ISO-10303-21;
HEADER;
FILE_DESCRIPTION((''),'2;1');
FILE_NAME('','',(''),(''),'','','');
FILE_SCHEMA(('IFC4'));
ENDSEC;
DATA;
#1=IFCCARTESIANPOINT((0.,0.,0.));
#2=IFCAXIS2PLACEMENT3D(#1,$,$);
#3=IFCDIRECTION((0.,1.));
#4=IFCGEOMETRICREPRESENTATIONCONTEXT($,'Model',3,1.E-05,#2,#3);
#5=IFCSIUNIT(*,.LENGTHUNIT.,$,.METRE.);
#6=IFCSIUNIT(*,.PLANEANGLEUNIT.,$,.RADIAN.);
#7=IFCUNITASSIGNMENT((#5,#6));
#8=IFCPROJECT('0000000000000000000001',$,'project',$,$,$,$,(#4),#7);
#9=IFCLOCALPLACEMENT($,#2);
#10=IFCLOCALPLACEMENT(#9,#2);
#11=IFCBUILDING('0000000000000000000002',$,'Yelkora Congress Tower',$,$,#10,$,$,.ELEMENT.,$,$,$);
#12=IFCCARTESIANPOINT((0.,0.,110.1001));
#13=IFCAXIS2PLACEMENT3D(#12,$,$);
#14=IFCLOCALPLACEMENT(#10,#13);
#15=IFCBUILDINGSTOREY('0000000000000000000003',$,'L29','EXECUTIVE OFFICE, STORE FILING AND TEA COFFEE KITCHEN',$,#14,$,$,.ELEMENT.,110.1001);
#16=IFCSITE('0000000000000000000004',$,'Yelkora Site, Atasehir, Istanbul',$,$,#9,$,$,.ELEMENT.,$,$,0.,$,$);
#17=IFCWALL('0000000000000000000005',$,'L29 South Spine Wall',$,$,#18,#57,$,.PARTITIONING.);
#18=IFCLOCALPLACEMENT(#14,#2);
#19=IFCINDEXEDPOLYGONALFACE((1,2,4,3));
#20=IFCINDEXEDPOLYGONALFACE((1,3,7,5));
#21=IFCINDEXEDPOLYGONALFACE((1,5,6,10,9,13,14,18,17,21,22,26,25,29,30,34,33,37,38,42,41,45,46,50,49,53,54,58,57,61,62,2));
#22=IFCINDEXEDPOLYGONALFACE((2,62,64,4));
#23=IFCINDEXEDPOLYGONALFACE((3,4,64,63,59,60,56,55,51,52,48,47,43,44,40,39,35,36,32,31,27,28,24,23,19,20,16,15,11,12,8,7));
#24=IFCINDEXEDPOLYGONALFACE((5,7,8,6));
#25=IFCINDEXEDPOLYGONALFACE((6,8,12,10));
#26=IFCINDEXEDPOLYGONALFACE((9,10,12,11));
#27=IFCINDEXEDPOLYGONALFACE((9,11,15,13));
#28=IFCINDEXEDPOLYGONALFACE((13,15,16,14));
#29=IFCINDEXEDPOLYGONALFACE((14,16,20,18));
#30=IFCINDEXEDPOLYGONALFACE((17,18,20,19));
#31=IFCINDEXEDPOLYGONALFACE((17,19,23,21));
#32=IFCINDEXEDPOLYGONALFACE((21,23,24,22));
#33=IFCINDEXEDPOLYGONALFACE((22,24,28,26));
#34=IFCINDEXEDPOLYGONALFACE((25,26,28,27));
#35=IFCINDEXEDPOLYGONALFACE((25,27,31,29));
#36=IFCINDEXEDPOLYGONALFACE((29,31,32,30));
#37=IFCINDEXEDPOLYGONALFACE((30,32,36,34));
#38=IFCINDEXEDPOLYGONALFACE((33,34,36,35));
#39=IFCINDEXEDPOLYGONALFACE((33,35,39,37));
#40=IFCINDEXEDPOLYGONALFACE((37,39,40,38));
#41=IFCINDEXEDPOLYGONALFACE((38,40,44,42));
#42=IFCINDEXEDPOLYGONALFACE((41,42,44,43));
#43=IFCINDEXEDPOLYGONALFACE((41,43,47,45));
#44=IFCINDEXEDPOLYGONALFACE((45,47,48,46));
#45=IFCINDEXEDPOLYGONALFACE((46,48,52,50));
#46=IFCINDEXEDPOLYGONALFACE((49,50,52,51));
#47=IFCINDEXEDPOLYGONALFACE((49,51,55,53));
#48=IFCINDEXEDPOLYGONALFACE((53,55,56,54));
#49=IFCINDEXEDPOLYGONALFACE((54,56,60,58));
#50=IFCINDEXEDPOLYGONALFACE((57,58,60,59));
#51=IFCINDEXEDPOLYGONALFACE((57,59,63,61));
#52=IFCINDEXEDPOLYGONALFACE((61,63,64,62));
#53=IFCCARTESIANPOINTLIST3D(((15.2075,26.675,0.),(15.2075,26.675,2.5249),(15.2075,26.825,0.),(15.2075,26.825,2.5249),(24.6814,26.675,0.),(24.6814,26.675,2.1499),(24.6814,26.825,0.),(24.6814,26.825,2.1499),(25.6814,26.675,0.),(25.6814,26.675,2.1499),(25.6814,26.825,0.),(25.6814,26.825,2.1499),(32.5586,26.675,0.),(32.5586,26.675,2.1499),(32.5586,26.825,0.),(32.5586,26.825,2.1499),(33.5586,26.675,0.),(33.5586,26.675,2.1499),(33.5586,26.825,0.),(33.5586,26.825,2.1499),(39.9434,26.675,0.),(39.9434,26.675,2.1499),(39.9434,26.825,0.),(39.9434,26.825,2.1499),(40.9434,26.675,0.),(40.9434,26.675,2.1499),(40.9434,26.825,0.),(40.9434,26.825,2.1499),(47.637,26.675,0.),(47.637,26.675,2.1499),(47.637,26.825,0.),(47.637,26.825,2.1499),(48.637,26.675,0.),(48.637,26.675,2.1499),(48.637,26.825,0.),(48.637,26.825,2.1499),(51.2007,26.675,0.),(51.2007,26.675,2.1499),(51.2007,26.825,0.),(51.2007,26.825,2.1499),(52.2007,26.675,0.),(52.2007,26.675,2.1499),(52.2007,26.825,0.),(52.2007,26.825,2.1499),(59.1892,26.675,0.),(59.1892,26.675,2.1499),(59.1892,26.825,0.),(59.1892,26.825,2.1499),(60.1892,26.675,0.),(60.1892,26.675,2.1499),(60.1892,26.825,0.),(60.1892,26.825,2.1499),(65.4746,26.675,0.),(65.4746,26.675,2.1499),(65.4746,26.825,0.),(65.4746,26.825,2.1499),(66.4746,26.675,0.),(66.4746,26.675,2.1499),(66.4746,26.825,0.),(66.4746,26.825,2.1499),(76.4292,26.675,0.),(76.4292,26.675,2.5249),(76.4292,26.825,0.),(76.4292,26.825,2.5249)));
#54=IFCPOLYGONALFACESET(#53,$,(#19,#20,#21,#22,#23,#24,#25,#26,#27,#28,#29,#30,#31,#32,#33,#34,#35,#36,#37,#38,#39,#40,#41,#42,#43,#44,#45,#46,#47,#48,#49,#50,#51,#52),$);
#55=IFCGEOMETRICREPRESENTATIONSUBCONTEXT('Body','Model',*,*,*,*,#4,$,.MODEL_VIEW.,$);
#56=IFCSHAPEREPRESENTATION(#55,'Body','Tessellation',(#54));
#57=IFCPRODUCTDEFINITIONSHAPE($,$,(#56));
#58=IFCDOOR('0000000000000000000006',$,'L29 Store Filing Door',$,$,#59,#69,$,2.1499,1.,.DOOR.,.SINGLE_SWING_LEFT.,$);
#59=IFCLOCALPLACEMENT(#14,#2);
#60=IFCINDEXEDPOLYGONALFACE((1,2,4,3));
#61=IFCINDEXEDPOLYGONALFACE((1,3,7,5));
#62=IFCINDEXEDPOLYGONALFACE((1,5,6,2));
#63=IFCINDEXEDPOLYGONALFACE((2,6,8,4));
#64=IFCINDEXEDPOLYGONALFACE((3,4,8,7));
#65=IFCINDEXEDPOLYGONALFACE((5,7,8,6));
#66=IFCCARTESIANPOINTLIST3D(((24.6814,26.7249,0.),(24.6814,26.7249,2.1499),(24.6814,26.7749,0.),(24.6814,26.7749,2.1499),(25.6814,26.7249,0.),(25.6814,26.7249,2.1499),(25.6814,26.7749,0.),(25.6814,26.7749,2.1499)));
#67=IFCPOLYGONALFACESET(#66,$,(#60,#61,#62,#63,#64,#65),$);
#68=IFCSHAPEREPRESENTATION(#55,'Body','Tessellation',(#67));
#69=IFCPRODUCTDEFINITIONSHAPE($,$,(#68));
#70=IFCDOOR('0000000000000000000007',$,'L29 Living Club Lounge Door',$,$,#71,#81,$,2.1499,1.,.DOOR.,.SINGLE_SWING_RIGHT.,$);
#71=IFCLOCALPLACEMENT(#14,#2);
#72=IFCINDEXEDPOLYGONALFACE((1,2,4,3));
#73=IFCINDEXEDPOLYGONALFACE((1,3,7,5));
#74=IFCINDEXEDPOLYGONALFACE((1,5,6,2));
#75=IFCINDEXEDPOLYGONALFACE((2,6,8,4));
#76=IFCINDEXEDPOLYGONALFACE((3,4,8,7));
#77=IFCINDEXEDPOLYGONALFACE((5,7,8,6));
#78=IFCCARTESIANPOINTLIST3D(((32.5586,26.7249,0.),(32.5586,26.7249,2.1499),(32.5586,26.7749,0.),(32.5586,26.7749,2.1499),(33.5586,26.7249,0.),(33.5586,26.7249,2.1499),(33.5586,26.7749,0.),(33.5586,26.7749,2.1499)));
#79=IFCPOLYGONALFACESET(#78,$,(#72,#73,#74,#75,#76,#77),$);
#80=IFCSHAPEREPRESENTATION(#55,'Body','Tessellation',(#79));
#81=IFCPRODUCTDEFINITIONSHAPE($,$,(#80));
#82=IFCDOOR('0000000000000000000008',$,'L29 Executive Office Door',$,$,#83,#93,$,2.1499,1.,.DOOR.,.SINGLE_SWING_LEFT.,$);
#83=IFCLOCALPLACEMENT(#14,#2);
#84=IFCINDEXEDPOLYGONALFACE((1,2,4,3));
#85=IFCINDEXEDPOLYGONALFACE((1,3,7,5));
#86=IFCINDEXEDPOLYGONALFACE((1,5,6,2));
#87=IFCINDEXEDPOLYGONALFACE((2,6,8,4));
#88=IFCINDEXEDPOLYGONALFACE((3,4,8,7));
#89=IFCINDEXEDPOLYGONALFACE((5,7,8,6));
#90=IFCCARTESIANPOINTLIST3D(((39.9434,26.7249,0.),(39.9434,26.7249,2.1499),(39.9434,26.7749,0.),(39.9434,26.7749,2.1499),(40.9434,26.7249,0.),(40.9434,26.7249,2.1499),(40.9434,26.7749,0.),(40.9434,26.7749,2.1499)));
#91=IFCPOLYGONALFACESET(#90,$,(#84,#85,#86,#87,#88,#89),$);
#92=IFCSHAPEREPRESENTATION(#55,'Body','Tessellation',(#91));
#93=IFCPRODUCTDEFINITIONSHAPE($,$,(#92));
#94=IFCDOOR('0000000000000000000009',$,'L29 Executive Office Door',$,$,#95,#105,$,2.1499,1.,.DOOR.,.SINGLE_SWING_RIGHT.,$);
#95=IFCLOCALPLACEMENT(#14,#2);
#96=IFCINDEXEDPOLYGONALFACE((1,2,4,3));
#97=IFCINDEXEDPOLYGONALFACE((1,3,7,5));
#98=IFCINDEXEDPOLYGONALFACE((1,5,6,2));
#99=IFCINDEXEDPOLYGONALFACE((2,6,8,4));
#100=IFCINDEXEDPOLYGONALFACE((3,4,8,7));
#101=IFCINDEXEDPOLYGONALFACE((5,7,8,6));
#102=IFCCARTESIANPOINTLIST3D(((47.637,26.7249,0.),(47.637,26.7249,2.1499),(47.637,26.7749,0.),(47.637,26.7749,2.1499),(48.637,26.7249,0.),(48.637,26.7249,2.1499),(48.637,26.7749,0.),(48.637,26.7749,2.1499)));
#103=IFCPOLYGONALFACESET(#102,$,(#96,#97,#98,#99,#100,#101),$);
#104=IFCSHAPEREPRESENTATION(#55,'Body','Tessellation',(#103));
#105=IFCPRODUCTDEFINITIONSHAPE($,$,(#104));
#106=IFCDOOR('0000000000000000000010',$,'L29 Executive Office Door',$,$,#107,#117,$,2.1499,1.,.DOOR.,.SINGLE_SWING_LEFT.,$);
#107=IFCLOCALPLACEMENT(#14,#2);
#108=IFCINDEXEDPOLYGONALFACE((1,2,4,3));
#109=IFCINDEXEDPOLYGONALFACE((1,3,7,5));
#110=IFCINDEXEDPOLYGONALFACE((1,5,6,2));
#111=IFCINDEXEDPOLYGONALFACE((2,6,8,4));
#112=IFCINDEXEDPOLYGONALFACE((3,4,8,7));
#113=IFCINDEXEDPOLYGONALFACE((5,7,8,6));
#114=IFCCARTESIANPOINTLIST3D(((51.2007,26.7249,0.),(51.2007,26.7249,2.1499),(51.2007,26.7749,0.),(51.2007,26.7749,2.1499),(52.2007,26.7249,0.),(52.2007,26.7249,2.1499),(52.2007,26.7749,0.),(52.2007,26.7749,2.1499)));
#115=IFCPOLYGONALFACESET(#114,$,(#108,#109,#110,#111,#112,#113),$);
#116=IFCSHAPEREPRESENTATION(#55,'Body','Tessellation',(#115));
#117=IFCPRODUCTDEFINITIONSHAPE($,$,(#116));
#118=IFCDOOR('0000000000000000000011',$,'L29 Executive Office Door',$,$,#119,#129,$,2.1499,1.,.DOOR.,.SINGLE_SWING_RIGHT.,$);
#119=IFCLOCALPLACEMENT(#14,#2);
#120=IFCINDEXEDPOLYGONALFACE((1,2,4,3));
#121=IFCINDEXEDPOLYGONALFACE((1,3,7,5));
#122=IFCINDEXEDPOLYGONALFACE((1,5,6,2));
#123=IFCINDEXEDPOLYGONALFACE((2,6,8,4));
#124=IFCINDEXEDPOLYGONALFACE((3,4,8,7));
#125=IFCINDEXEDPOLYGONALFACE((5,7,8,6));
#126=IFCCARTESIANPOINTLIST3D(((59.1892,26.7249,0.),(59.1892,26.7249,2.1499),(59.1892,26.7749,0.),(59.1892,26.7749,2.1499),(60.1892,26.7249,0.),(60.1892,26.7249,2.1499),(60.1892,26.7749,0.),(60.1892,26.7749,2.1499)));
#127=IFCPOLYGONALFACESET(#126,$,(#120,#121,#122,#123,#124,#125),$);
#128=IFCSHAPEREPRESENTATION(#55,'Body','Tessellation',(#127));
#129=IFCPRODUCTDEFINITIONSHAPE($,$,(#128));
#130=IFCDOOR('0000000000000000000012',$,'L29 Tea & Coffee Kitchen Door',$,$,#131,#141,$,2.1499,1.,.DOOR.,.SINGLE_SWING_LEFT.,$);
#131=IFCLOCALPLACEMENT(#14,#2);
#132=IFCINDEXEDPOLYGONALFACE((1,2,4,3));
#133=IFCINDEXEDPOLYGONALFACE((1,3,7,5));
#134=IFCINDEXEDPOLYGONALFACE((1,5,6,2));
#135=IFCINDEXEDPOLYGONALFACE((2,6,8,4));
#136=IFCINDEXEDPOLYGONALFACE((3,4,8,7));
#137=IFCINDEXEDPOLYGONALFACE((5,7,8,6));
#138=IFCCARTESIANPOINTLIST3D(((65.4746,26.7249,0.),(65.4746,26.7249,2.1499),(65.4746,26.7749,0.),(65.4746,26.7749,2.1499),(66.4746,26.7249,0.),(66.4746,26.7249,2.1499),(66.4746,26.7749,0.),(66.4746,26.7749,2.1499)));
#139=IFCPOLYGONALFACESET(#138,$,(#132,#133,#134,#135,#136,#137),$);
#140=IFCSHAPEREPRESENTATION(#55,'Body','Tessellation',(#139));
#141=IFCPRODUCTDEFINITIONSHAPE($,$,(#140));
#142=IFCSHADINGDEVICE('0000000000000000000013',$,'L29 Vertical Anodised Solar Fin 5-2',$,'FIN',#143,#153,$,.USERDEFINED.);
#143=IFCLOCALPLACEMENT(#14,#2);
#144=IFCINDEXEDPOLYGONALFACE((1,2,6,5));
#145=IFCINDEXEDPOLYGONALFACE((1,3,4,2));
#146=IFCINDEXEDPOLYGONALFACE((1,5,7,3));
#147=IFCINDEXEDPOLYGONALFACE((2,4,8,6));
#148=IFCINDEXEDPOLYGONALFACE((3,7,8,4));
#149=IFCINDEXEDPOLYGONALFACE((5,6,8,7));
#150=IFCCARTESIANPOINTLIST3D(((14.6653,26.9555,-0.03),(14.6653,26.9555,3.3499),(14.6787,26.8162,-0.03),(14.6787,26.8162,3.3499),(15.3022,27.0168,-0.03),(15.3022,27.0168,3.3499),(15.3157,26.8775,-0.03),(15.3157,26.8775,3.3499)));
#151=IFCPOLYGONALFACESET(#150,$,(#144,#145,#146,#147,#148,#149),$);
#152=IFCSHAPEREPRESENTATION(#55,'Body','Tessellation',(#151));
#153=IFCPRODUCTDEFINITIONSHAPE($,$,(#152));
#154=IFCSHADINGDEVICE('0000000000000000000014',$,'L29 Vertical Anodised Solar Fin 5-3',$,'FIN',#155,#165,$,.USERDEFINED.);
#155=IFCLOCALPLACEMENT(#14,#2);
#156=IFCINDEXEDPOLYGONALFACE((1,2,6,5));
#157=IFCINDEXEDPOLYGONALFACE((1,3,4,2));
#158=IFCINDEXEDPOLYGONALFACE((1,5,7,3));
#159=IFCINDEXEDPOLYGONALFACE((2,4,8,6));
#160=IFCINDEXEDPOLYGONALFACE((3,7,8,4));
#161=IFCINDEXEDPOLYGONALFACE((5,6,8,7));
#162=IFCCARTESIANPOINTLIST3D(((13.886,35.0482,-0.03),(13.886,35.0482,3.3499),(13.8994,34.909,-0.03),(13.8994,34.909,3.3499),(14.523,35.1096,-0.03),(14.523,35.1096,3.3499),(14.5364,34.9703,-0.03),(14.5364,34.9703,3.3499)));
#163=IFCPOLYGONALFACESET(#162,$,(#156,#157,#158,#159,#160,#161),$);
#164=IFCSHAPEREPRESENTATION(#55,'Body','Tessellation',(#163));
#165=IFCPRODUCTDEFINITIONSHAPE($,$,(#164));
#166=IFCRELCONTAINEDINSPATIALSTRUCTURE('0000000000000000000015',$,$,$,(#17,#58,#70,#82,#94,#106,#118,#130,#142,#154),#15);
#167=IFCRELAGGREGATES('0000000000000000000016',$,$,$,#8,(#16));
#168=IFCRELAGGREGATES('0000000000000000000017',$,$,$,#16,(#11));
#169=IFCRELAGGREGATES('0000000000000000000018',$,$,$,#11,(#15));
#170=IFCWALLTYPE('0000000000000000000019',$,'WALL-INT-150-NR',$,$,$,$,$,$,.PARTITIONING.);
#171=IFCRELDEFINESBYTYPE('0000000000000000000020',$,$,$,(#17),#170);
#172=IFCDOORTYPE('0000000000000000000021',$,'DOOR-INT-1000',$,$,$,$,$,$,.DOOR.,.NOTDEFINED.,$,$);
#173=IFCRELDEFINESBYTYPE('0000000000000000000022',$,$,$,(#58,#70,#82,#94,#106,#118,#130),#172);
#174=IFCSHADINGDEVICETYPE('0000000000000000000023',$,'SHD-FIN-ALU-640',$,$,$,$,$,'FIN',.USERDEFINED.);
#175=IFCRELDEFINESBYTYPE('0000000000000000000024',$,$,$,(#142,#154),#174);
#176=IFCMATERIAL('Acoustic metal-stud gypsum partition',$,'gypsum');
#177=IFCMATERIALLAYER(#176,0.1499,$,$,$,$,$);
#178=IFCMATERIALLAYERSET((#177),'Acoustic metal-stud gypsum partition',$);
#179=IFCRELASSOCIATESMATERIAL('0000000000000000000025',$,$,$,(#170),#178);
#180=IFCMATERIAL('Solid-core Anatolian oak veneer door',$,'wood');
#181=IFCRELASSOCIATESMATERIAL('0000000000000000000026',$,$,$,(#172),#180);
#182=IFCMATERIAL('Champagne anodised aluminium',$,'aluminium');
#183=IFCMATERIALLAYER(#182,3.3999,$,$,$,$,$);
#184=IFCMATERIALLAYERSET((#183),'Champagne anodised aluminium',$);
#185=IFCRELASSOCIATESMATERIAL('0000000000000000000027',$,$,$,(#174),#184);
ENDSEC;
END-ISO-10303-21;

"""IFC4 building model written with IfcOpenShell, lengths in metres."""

from ifc_helpers import new_model, si_unit, direction, frame, frame_2d, origin, origin_2d, place, context, subcontext, project, spatial, rectangle, extrude, material, layer, layer_set, type_object, element, fill, save


model = new_model("IFC4")

# Units and contexts
model_context = context("Model", 3, precision=1e-05, world=origin(), true_north=direction((0.0, 1.0)))
body_context = subcontext(model_context, "Body", "Model", "MODEL_VIEW")
ifc_project = project(units=[si_unit("LENGTHUNIT", "METRE"), si_unit("PLANEANGLEUNIT", "RADIAN")], contexts=[model_context])

# Site, building, storey
site_placement = place(None, origin())
site = spatial("IfcSite", under=ifc_project, at=site_placement, Name="Yelkora Site, Atasehir, Istanbul", CompositionType="ELEMENT", RefElevation=0.0)
building_placement = place(site_placement, origin())
building = spatial("IfcBuilding", under=site, at=building_placement, Name="Yelkora Congress Tower", CompositionType="ELEMENT")
storey_placement = place(building_placement, frame((0.0, 0.0, 110.1001)))
storey = spatial("IfcBuildingStorey", under=building, at=storey_placement, Name="L29", Description="EXECUTIVE OFFICE, STORE FILING AND TEA COFFEE KITCHEN", CompositionType="ELEMENT", Elevation=110.1001)

# Wall, openings, doors
ifc_material_1 = material(Name="Acoustic metal-stud gypsum partition", Category="gypsum")
ifc_layer_1 = layer(ifc_material_1, 0.1499)
ifc_layer_set_1 = layer_set([ifc_layer_1], Name="Acoustic metal-stud gypsum partition")
wall_type = type_object("IfcWallType", Name="WALL-INT-150-NR", PredefinedType="PARTITIONING", material=ifc_layer_set_1)
wall_placement = place(storey_placement, frame((15.2075, 26.75, 0.0), z_axis=(0.0, 0.0, 1.0), x_axis=(1.0, 0.0, 0.0)))
wall = element("IfcWall", 1, at=wall_placement, inside=storey, type_object=wall_type, Name="L29 South Spine Wall", PredefinedType="PARTITIONING", context=body_context, shape_type="SweptSolid", body=[
    extrude(rectangle(XDim=61.2217, YDim=0.1499, at=frame_2d((30.6108, 0.0))), origin(), (0.0, 0.0, 1.0), 2.5249),
])
opening_1_placement = place(wall_placement, frame((9.4739, 0.0, 0.0)))
opening_1 = element("IfcOpeningElement", 2, at=opening_1_placement, cuts=wall, PredefinedType="OPENING", context=body_context, shape_type="SweptSolid", body=[
    extrude(rectangle(XDim=1.0, YDim=2.1499, at=frame_2d((0.5, 1.075))), frame((0.0, 0.085, 0.0), z_axis=(0.0, -1.0, 0.0), x_axis=(1.0, 0.0, 0.0)), (0.0, 0.0, 1.0), 0.1699),
])
opening_2_placement = place(wall_placement, frame((17.3511, 0.0, 0.0)))
opening_2 = element("IfcOpeningElement", 3, at=opening_2_placement, cuts=wall, PredefinedType="OPENING", context=body_context, shape_type="SweptSolid", body=[
    extrude(rectangle(XDim=1.0, YDim=2.1499, at=frame_2d((0.5, 1.075))), frame((0.0, 0.085, 0.0), z_axis=(0.0, -1.0, 0.0), x_axis=(1.0, 0.0, 0.0)), (0.0, 0.0, 1.0), 0.1699),
])
opening_3_placement = place(wall_placement, frame((24.7358, 0.0, 0.0)))
opening_3 = element("IfcOpeningElement", 4, at=opening_3_placement, cuts=wall, PredefinedType="OPENING", context=body_context, shape_type="SweptSolid", body=[
    extrude(rectangle(XDim=1.0, YDim=2.1499, at=frame_2d((0.5, 1.075))), frame((0.0, 0.085, 0.0), z_axis=(0.0, -1.0, 0.0), x_axis=(1.0, 0.0, 0.0)), (0.0, 0.0, 1.0), 0.1699),
])
opening_4_placement = place(wall_placement, frame((32.4294, 0.0, 0.0)))
opening_4 = element("IfcOpeningElement", 5, at=opening_4_placement, cuts=wall, PredefinedType="OPENING", context=body_context, shape_type="SweptSolid", body=[
    extrude(rectangle(XDim=1.0, YDim=2.1499, at=frame_2d((0.5, 1.075))), frame((0.0, 0.085, 0.0), z_axis=(0.0, -1.0, 0.0), x_axis=(1.0, 0.0, 0.0)), (0.0, 0.0, 1.0), 0.1699),
])
opening_5_placement = place(wall_placement, frame((35.9932, 0.0, 0.0)))
opening_5 = element("IfcOpeningElement", 6, at=opening_5_placement, cuts=wall, PredefinedType="OPENING", context=body_context, shape_type="SweptSolid", body=[
    extrude(rectangle(XDim=1.0, YDim=2.1499, at=frame_2d((0.5, 1.075))), frame((0.0, 0.085, 0.0), z_axis=(0.0, -1.0, 0.0), x_axis=(1.0, 0.0, 0.0)), (0.0, 0.0, 1.0), 0.1699),
])
opening_6_placement = place(wall_placement, frame((43.9817, 0.0, 0.0)))
opening_6 = element("IfcOpeningElement", 7, at=opening_6_placement, cuts=wall, PredefinedType="OPENING", context=body_context, shape_type="SweptSolid", body=[
    extrude(rectangle(XDim=1.0, YDim=2.1499, at=frame_2d((0.5, 1.075))), frame((0.0, 0.085, 0.0), z_axis=(0.0, -1.0, 0.0), x_axis=(1.0, 0.0, 0.0)), (0.0, 0.0, 1.0), 0.1699),
])
opening_7_placement = place(wall_placement, frame((50.2671, 0.0, 0.0)))
opening_7 = element("IfcOpeningElement", 8, at=opening_7_placement, cuts=wall, PredefinedType="OPENING", context=body_context, shape_type="SweptSolid", body=[
    extrude(rectangle(XDim=1.0, YDim=2.1499, at=frame_2d((0.5, 1.075))), frame((0.0, 0.085, 0.0), z_axis=(0.0, -1.0, 0.0), x_axis=(1.0, 0.0, 0.0)), (0.0, 0.0, 1.0), 0.1699),
])
ifc_material_2 = material(Name="Solid-core Anatolian oak veneer door", Category="wood")
door_type = type_object("IfcDoorType", Name="DOOR-INT-1000", OperationType="NOTDEFINED", PredefinedType="DOOR", material=ifc_material_2)
door_1_placement = place(opening_1_placement, origin())
door_1 = element("IfcDoor", 9, at=door_1_placement, inside=storey, type_object=door_type, Name="L29 Store Filing Door", OperationType="SINGLE_SWING_LEFT", OverallHeight=2.1499, OverallWidth=1.0, PredefinedType="DOOR", context=body_context, shape_type="SweptSolid", body=[
    extrude(rectangle(XDim=1.0, YDim=2.1499, at=frame_2d((0.5, 1.075))), frame((0.0, 0.0249, 0.0), z_axis=(0.0, -1.0, 0.0), x_axis=(1.0, 0.0, 0.0)), (0.0, 0.0, 1.0), 0.05),
])
fill(opening_1, door_1)
door_2_placement = place(opening_2_placement, origin())
door_2 = element("IfcDoor", 10, at=door_2_placement, inside=storey, type_object=door_type, Name="L29 Living Club Lounge Door", OperationType="SINGLE_SWING_RIGHT", OverallHeight=2.1499, OverallWidth=1.0, PredefinedType="DOOR", context=body_context, shape_type="SweptSolid", body=[
    extrude(rectangle(XDim=1.0, YDim=2.1499, at=frame_2d((0.5, 1.075))), frame((0.0, 0.0249, 0.0), z_axis=(0.0, -1.0, 0.0), x_axis=(1.0, 0.0, 0.0)), (0.0, 0.0, 1.0), 0.05),
])
fill(opening_2, door_2)
door_3_placement = place(opening_3_placement, origin())
door_3 = element("IfcDoor", 11, at=door_3_placement, inside=storey, type_object=door_type, Name="L29 Executive Office Door", OperationType="SINGLE_SWING_LEFT", OverallHeight=2.1499, OverallWidth=1.0, PredefinedType="DOOR", context=body_context, shape_type="SweptSolid", body=[
    extrude(rectangle(XDim=1.0, YDim=2.1499, at=frame_2d((0.5, 1.075))), frame((0.0, 0.0249, 0.0), z_axis=(0.0, -1.0, 0.0), x_axis=(1.0, 0.0, 0.0)), (0.0, 0.0, 1.0), 0.05),
])
fill(opening_3, door_3)
door_4_placement = place(opening_4_placement, origin())
door_4 = element("IfcDoor", 12, at=door_4_placement, inside=storey, type_object=door_type, Name="L29 Executive Office Door", OperationType="SINGLE_SWING_RIGHT", OverallHeight=2.1499, OverallWidth=1.0, PredefinedType="DOOR", context=body_context, shape_type="SweptSolid", body=[
    extrude(rectangle(XDim=1.0, YDim=2.1499, at=frame_2d((0.5, 1.075))), frame((0.0, 0.0249, 0.0), z_axis=(0.0, -1.0, 0.0), x_axis=(1.0, 0.0, 0.0)), (0.0, 0.0, 1.0), 0.05),
])
fill(opening_4, door_4)
door_5_placement = place(opening_5_placement, origin())
door_5 = element("IfcDoor", 13, at=door_5_placement, inside=storey, type_object=door_type, Name="L29 Executive Office Door", OperationType="SINGLE_SWING_LEFT", OverallHeight=2.1499, OverallWidth=1.0, PredefinedType="DOOR", context=body_context, shape_type="SweptSolid", body=[
    extrude(rectangle(XDim=1.0, YDim=2.1499, at=frame_2d((0.5, 1.075))), frame((0.0, 0.0249, 0.0), z_axis=(0.0, -1.0, 0.0), x_axis=(1.0, 0.0, 0.0)), (0.0, 0.0, 1.0), 0.05),
])
fill(opening_5, door_5)
door_6_placement = place(opening_6_placement, origin())
door_6 = element("IfcDoor", 14, at=door_6_placement, inside=storey, type_object=door_type, Name="L29 Executive Office Door", OperationType="SINGLE_SWING_RIGHT", OverallHeight=2.1499, OverallWidth=1.0, PredefinedType="DOOR", context=body_context, shape_type="SweptSolid", body=[
    extrude(rectangle(XDim=1.0, YDim=2.1499, at=frame_2d((0.5, 1.075))), frame((0.0, 0.0249, 0.0), z_axis=(0.0, -1.0, 0.0), x_axis=(1.0, 0.0, 0.0)), (0.0, 0.0, 1.0), 0.05),
])
fill(opening_6, door_6)
door_7_placement = place(opening_7_placement, origin())
door_7 = element("IfcDoor", 15, at=door_7_placement, inside=storey, type_object=door_type, Name="L29 Tea & Coffee Kitchen Door", OperationType="SINGLE_SWING_LEFT", OverallHeight=2.1499, OverallWidth=1.0, PredefinedType="DOOR", context=body_context, shape_type="SweptSolid", body=[
    extrude(rectangle(XDim=1.0, YDim=2.1499, at=frame_2d((0.5, 1.075))), frame((0.0, 0.0249, 0.0), z_axis=(0.0, -1.0, 0.0), x_axis=(1.0, 0.0, 0.0)), (0.0, 0.0, 1.0), 0.05),
])
fill(opening_7, door_7)

# Shading devices
ifc_material_3 = material(Name="Champagne anodised aluminium", Category="aluminium")
ifc_layer_2 = layer(ifc_material_3, 3.3999)
ifc_layer_set_2 = layer_set([ifc_layer_2], Name="Champagne anodised aluminium")
shading_device_type = type_object("IfcShadingDeviceType", Name="SHD-FIN-ALU-640", ElementType="FIN", PredefinedType="USERDEFINED", material=ifc_layer_set_2)
for number, where, z_axis, x_axis, name in (
    (16, (14.9905, 26.9165, -0.03), (0.0, 0.0, 1.0), (-0.095846, 0.995396, 0.0), "L29 Vertical Anodised Solar Fin 5-2"),
    (17, (14.2112, 35.0093, -0.03), (0.0, 0.0, 1.0), (-0.095846, 0.995396, 0.0), "L29 Vertical Anodised Solar Fin 5-3"),
):
    element("IfcShadingDevice", number, at=place(storey_placement, frame(where, z_axis=z_axis, x_axis=x_axis)), inside=storey, type_object=shading_device_type, Name=name, ObjectType="FIN", PredefinedType="USERDEFINED", context=body_context, shape_type="SweptSolid", body=[
        extrude(rectangle(XDim=0.1399, YDim=0.6399, at=origin_2d()), origin(), (0.0, 0.0, 1.0), 3.3799),
    ])

save(model, "model.ifc")
